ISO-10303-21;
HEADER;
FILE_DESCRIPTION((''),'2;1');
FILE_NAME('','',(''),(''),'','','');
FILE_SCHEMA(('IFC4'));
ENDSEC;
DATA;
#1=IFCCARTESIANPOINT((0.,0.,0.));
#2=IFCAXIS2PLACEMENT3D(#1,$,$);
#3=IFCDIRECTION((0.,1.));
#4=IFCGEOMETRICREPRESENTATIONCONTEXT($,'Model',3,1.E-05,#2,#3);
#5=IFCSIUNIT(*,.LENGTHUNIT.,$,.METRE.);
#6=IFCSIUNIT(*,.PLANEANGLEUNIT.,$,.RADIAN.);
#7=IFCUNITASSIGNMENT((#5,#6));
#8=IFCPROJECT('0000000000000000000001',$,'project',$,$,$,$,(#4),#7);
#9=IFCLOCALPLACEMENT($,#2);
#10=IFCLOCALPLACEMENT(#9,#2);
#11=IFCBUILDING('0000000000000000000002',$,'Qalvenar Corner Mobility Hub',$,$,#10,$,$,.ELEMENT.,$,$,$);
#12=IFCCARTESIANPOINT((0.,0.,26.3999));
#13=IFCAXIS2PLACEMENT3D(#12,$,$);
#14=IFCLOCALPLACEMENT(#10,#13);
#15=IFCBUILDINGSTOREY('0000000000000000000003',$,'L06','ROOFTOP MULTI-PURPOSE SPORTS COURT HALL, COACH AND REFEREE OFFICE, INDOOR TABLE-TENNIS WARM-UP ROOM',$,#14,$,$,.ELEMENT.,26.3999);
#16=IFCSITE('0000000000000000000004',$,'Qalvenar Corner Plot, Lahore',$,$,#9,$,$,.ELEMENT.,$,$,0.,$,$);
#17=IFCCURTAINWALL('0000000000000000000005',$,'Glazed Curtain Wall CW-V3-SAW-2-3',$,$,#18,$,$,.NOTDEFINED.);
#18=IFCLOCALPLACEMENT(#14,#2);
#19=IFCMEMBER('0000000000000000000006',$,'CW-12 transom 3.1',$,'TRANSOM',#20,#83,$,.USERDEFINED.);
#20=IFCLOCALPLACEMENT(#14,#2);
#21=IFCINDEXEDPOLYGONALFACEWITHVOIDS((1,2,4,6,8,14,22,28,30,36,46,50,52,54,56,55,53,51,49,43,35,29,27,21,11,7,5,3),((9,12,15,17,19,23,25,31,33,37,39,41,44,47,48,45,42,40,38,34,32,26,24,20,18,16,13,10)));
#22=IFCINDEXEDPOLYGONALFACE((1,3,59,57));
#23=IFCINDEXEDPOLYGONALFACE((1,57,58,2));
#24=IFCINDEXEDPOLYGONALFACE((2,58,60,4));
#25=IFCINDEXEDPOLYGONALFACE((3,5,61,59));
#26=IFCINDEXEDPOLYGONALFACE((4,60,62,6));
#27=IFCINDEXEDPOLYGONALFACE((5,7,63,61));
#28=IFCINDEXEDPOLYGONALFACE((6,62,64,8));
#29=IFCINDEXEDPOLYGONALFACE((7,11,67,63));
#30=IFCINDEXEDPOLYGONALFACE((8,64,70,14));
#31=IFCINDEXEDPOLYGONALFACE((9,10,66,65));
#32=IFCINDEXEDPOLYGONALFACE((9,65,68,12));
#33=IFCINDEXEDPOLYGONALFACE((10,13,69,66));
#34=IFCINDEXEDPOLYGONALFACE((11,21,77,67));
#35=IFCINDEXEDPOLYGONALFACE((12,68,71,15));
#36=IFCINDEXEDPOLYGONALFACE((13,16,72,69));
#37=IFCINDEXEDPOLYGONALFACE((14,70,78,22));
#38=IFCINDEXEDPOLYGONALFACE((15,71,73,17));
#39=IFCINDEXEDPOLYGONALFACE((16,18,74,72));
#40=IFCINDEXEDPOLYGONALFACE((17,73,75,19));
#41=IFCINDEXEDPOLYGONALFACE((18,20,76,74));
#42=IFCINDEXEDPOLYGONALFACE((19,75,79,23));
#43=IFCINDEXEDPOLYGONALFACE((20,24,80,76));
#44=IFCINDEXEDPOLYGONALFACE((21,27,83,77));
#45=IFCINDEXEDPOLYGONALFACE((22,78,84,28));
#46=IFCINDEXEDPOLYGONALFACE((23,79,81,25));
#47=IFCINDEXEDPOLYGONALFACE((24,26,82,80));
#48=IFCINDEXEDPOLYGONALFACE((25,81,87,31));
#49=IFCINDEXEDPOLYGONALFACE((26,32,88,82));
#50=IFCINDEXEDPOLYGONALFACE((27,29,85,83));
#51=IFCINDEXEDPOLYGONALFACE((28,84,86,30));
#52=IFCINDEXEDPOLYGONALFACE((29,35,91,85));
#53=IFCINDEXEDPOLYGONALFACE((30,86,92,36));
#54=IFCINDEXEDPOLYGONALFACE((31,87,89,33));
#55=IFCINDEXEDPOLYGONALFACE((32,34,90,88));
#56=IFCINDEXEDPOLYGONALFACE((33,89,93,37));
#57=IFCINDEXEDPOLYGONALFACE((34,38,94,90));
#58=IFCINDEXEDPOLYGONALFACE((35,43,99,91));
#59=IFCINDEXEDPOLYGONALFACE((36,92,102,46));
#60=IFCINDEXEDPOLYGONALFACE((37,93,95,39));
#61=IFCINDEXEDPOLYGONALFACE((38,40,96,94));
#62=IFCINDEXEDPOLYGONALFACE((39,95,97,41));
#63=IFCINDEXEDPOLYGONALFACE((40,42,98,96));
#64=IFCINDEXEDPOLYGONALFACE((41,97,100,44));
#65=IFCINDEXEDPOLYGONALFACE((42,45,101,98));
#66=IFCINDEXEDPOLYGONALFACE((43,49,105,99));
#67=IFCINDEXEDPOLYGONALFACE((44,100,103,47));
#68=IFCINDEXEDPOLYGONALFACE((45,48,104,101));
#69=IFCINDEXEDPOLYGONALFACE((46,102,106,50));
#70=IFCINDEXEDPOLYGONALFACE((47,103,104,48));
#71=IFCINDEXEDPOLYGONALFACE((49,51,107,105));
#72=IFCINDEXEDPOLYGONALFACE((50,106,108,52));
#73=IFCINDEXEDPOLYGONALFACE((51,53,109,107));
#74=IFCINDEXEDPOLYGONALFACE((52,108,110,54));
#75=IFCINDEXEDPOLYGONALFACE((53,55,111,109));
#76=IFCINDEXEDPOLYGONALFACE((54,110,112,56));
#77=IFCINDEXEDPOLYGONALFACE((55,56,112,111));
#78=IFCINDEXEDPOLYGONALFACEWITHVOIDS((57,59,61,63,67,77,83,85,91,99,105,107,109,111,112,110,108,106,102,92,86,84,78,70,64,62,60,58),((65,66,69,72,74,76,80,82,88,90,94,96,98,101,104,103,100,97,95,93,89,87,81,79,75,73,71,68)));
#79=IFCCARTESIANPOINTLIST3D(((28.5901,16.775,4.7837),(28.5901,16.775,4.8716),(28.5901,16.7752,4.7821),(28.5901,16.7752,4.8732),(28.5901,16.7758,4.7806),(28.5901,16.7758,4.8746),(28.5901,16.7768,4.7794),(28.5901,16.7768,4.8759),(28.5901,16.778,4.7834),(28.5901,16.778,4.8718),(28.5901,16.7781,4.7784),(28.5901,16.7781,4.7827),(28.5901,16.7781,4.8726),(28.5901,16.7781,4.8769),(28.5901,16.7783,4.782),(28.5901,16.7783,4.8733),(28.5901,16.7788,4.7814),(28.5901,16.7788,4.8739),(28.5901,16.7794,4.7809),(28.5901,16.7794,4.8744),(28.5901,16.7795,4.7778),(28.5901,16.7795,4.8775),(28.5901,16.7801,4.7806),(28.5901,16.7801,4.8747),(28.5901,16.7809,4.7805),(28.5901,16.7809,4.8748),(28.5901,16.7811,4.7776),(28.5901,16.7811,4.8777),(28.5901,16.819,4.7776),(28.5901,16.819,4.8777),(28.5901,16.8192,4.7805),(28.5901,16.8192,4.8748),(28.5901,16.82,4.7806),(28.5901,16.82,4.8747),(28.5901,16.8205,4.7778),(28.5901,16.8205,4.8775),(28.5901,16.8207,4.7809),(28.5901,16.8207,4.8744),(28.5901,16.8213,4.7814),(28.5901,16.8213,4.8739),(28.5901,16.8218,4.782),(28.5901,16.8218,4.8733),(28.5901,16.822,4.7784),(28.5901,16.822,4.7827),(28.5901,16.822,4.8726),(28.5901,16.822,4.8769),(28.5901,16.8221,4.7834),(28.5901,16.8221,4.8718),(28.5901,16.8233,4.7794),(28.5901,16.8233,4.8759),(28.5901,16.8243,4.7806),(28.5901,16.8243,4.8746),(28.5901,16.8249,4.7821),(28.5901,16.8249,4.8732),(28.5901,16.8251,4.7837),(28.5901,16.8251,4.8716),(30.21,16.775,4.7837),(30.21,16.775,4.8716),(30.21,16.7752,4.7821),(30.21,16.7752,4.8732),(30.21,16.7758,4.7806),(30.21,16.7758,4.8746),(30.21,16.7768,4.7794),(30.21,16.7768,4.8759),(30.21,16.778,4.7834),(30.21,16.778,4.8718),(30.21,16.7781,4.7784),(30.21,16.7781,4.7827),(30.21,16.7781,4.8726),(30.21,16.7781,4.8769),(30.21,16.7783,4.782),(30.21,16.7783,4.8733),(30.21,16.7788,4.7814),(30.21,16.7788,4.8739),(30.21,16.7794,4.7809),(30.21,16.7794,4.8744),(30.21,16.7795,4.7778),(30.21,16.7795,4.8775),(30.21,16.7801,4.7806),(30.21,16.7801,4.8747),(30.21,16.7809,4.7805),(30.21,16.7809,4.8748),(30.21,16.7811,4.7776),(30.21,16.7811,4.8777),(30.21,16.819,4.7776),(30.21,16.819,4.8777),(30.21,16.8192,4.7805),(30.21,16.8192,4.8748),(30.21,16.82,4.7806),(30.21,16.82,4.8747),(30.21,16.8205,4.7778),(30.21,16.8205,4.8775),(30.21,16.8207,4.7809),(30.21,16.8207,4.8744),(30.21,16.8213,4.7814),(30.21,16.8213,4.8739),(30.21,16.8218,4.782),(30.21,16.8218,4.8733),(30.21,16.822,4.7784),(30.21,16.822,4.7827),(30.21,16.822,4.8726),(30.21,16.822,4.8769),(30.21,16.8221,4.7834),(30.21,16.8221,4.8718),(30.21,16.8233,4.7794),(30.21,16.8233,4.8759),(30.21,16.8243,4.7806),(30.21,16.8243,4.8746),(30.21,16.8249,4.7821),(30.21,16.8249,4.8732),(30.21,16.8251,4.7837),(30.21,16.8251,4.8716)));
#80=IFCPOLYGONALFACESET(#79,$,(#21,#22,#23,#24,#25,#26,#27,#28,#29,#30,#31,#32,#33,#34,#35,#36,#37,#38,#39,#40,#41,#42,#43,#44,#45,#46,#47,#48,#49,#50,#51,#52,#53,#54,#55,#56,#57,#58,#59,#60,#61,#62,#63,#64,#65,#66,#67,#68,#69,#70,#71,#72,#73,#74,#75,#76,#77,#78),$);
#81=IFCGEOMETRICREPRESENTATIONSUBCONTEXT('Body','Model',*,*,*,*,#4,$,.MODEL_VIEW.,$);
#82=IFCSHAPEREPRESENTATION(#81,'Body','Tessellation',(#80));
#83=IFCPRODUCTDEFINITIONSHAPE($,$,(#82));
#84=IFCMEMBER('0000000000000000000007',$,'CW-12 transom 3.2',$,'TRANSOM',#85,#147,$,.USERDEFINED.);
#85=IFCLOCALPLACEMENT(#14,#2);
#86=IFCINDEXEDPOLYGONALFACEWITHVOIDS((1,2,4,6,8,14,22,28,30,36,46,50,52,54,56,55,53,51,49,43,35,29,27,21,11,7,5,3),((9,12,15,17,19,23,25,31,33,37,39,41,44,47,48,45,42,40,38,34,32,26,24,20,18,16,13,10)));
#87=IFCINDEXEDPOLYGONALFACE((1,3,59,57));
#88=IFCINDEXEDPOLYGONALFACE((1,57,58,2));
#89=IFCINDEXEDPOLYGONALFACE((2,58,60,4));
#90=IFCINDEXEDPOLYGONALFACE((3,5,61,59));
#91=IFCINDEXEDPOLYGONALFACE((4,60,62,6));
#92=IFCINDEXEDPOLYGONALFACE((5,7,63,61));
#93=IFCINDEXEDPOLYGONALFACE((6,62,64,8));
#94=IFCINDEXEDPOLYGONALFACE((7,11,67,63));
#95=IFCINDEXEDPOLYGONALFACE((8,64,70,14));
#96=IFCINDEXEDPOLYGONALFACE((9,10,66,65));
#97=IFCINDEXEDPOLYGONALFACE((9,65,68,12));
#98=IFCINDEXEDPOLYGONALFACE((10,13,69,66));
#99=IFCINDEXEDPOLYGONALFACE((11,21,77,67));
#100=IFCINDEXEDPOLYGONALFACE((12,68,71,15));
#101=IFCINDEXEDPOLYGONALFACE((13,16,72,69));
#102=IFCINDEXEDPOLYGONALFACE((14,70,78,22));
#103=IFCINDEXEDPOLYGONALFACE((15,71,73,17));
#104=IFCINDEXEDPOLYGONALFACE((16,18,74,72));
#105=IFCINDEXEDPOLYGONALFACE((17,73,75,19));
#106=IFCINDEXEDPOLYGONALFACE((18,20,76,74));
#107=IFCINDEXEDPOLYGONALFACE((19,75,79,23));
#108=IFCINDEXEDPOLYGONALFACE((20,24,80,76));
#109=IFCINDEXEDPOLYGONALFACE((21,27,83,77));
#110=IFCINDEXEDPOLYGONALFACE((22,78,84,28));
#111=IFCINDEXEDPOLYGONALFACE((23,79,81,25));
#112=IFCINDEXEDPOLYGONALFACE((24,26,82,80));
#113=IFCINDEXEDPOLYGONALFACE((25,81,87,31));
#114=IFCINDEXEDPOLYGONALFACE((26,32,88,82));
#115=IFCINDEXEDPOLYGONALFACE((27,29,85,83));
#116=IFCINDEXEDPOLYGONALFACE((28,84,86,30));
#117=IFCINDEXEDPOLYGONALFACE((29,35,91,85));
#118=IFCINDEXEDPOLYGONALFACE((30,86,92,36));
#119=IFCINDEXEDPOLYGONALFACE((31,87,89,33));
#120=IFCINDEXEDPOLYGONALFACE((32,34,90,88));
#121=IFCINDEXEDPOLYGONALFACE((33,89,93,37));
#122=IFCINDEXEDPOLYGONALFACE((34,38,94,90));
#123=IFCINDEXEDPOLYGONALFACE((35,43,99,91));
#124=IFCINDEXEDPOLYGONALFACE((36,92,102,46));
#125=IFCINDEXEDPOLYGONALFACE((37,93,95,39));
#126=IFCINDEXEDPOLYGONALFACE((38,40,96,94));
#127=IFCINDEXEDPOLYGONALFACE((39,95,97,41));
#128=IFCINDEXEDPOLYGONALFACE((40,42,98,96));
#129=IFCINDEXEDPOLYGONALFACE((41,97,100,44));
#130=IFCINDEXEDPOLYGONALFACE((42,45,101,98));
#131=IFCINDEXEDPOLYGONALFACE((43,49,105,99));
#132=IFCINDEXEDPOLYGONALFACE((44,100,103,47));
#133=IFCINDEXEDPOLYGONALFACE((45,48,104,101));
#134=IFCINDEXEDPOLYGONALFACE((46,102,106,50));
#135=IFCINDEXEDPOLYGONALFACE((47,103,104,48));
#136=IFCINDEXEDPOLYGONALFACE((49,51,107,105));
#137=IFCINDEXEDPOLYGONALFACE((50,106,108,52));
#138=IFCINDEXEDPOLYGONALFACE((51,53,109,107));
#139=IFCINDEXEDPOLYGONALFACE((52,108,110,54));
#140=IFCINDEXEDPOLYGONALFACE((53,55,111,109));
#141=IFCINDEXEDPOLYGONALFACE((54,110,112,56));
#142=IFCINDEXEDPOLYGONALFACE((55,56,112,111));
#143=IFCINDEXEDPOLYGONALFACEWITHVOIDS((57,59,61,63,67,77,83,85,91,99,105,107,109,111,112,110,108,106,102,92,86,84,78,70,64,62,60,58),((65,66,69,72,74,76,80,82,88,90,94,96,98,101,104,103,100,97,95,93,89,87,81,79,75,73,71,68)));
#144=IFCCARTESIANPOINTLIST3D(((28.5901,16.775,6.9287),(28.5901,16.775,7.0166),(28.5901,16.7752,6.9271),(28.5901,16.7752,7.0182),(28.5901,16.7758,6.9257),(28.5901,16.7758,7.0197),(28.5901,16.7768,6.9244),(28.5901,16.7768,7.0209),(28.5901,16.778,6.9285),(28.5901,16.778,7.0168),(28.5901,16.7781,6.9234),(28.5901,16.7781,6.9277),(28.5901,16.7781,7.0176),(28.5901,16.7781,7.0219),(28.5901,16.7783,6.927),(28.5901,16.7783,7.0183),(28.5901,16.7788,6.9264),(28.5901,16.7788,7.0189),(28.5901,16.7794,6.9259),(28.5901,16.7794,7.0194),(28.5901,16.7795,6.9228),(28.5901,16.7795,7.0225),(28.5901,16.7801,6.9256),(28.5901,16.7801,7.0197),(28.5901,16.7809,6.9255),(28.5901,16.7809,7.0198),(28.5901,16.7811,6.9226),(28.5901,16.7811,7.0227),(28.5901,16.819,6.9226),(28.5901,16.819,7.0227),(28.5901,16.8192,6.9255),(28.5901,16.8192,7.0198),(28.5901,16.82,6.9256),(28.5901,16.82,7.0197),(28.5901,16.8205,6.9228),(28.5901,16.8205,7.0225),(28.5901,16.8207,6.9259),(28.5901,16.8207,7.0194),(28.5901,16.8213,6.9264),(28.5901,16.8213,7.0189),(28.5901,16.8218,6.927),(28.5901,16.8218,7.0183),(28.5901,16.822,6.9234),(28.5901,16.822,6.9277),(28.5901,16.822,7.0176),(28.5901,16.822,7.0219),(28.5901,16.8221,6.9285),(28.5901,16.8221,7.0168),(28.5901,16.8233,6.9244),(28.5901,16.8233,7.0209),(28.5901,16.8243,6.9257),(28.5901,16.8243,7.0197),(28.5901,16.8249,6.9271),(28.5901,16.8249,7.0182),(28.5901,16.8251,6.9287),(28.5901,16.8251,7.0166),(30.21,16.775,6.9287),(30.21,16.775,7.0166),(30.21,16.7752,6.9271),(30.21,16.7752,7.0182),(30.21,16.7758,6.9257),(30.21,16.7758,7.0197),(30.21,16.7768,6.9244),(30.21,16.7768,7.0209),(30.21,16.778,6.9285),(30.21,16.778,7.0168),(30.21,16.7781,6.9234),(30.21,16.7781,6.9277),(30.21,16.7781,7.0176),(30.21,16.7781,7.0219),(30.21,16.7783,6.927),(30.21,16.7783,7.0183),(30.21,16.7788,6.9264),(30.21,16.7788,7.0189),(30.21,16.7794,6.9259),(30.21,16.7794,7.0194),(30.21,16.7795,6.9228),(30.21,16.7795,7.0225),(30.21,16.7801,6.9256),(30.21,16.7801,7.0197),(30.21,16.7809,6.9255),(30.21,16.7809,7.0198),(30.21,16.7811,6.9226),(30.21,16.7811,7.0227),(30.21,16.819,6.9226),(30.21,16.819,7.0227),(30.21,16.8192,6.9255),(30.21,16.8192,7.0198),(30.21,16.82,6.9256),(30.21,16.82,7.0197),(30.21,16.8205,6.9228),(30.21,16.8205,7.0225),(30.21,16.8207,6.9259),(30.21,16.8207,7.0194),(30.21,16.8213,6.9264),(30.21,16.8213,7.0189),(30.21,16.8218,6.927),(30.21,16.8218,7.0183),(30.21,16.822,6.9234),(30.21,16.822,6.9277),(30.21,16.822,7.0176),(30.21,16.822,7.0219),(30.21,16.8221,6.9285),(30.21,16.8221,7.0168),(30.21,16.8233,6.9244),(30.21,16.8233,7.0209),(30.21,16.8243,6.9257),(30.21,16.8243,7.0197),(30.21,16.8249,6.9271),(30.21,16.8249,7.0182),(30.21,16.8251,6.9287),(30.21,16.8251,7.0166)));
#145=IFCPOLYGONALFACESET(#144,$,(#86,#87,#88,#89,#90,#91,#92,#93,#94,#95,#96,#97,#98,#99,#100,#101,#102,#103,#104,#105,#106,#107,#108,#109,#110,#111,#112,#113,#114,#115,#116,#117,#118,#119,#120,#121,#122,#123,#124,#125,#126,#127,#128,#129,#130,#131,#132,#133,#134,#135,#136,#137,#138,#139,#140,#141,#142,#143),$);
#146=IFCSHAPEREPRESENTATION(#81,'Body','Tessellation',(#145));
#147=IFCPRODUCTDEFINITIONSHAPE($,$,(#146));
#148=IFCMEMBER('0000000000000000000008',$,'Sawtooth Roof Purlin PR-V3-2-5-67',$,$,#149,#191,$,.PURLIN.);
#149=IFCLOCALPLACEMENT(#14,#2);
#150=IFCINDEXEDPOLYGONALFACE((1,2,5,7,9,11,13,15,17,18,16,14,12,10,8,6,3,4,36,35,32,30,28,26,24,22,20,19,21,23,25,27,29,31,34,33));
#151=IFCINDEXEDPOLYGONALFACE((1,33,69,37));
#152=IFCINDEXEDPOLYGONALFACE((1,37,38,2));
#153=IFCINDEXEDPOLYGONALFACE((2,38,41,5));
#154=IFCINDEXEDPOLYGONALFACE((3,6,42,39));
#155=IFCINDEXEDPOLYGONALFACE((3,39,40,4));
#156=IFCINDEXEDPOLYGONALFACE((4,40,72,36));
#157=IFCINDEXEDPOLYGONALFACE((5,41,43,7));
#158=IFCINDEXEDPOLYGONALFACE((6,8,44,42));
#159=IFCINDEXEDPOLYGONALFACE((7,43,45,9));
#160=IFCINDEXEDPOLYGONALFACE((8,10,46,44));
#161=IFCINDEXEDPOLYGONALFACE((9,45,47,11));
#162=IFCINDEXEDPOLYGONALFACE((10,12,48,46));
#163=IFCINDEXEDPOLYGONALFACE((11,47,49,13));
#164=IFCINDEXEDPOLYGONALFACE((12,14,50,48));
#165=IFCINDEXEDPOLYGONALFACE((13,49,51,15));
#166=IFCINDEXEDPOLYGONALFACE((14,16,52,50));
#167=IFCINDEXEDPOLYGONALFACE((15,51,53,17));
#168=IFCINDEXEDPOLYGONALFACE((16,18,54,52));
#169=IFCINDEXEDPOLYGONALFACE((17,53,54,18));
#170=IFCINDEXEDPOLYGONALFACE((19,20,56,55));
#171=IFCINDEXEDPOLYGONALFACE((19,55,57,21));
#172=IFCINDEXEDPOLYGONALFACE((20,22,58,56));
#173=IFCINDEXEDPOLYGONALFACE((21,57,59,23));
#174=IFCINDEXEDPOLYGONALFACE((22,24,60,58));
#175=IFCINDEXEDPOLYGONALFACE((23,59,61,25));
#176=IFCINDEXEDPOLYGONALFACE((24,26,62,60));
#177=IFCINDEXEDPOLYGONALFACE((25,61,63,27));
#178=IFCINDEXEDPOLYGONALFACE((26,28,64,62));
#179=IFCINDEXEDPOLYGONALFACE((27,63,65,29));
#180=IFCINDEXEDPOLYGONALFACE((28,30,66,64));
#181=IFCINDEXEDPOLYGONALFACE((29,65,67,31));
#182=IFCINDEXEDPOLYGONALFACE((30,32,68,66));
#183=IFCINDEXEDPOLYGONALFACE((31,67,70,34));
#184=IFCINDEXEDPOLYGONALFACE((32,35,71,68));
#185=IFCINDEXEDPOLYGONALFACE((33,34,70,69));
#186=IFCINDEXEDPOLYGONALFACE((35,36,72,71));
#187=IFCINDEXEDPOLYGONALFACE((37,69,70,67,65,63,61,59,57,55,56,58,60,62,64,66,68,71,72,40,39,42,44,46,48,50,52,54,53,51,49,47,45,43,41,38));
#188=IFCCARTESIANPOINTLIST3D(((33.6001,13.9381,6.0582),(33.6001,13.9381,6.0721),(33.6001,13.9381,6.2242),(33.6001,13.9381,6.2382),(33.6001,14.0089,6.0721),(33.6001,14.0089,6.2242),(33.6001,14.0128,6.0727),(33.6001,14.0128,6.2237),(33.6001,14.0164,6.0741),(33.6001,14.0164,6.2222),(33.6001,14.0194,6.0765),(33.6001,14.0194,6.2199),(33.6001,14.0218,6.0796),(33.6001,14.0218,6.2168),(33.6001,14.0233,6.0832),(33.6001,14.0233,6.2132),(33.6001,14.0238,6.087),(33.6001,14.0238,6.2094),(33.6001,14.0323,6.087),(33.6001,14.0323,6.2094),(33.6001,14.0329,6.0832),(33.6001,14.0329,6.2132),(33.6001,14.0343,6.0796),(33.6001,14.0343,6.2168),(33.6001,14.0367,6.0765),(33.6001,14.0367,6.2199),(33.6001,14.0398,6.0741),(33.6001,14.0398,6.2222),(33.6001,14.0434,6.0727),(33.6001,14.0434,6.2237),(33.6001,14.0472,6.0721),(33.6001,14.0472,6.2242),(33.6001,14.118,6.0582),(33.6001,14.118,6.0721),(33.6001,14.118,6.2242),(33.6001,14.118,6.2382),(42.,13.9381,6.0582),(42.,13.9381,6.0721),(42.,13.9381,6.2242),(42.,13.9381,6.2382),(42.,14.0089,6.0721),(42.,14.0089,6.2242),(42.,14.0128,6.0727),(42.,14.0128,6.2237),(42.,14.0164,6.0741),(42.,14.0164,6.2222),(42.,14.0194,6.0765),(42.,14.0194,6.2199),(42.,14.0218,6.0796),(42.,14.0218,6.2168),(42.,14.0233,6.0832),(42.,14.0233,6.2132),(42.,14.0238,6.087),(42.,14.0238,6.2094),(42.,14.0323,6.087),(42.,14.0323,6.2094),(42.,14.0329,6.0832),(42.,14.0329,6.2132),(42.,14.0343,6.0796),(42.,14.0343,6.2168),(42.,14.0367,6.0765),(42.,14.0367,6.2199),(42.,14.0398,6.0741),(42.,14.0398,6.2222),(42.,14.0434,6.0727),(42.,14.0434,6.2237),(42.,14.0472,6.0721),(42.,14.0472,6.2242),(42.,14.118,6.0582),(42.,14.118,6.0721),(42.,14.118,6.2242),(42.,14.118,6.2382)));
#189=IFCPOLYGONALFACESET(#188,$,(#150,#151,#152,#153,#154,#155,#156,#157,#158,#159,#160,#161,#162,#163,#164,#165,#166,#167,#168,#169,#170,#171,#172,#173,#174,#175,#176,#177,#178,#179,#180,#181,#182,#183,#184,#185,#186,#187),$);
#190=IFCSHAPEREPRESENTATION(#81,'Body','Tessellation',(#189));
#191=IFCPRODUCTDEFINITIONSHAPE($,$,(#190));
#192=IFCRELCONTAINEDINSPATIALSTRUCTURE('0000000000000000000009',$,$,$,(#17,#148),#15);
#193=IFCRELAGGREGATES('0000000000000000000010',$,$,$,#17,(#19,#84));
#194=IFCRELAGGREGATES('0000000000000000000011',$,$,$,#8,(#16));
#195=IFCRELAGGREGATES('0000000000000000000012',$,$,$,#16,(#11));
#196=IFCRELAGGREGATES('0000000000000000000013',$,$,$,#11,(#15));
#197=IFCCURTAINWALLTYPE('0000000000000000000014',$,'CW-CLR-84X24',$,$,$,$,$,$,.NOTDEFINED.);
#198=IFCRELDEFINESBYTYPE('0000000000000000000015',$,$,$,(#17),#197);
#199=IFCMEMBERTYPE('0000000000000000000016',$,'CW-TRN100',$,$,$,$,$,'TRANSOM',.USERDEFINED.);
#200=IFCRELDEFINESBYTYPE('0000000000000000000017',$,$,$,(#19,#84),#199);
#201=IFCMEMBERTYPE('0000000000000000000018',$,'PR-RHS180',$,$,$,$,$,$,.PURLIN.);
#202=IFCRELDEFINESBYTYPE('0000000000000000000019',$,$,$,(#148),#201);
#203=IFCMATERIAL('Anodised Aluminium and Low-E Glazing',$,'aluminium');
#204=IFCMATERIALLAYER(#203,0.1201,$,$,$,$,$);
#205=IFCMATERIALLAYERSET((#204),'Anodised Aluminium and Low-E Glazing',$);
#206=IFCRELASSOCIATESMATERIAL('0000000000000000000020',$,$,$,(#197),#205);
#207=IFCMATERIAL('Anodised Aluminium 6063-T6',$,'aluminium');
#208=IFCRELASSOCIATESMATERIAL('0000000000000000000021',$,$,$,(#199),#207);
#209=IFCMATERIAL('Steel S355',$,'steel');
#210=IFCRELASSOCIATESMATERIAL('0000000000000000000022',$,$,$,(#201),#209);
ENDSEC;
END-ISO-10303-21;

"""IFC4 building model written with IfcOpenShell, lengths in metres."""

from ifc_helpers import new_model, si_unit, direction, frame, origin, origin_2d, place, context, subcontext, project, spatial, hollow_rectangle, i_section, extrude, material, layer, layer_set, material_profile, profile_set, type_object, element, aggregate, save


model = new_model("IFC4")

# Units and contexts
model_context = context("Model", 3, precision=1e-05, world=origin(), true_north=direction((0.0, 1.0)))
body_context = subcontext(model_context, "Body", "Model", "MODEL_VIEW")
ifc_project = project(units=[si_unit("LENGTHUNIT", "METRE"), si_unit("PLANEANGLEUNIT", "RADIAN")], contexts=[model_context])

# Site, building, storey
site_placement = place(None, origin())
site = spatial("IfcSite", under=ifc_project, at=site_placement, Name="Qalvenar Corner Plot, Lahore", CompositionType="ELEMENT", RefElevation=0.0)
building_placement = place(site_placement, origin())
building = spatial("IfcBuilding", under=site, at=building_placement, Name="Qalvenar Corner Mobility Hub", CompositionType="ELEMENT")
storey_placement = place(building_placement, frame((0.0, 0.0, 26.3999)))
storey = spatial("IfcBuildingStorey", under=building, at=storey_placement, Name="L06", Description="ROOFTOP MULTI-PURPOSE SPORTS COURT HALL, COACH AND REFEREE OFFICE, INDOOR TABLE-TENNIS WARM-UP ROOM", CompositionType="ELEMENT", Elevation=26.3999)

# Shared definitions
ifc_material_1 = material(Name="Steel S355", Category="steel")

# Shared definitions
ifc_material_2 = material(Name="Anodised Aluminium and Low-E Glazing", Category="aluminium")
ifc_layer_1 = layer(ifc_material_2, 0.1201)
ifc_layer_set_1 = layer_set([ifc_layer_1], Name="Anodised Aluminium and Low-E Glazing")
curtain_wall_type = type_object("IfcCurtainWallType", Name="CW-CLR-84X24", PredefinedType="NOTDEFINED", material=ifc_layer_set_1)
ifc_material_3 = material(Name="Anodised Aluminium 6063-T6", Category="aluminium")

# Curtain wall
curtain_wall_1_placement = place(storey_placement, origin())
curtain_wall_1 = element("IfcCurtainWall", 1, at=curtain_wall_1_placement, inside=storey, type_object=curtain_wall_type, Name="Glazed Curtain Wall CW-V3-SAW-2-3", PredefinedType="NOTDEFINED")

# Members
ifc_material_profile_1 = material_profile(ifc_material_3, hollow_rectangle(XDim=0.05, YDim=0.1001, WallThickness=0.0029, InnerFilletRadius=0.0029, OuterFilletRadius=0.0061, at=origin_2d()), Name="RHS100x50x3")
ifc_profile_set_1 = profile_set([ifc_material_profile_1], Name="Anodised Aluminium 6063-T6")
member_type_1 = type_object("IfcMemberType", Name="CW-TRN100", ElementType="TRANSOM", PredefinedType="USERDEFINED", material=ifc_profile_set_1)
member_1_placement = place(storey_placement, frame((30.21, 16.8, 4.8276), z_axis=(-1.0, 0.0, 0.0), x_axis=(0.0, -1.0, 0.0)))
member_1 = element("IfcMember", 2, at=member_1_placement, type_object=member_type_1, Name="CW-12 transom 3.1", ObjectType="TRANSOM", PredefinedType="USERDEFINED", context=body_context, shape_type="SweptSolid", body=[
    extrude(hollow_rectangle(XDim=0.05, YDim=0.1001, WallThickness=0.0029, InnerFilletRadius=0.0029, OuterFilletRadius=0.0061, at=origin_2d()), origin(), (0.0, 0.0, 1.0), 1.6199),
])
member_2_placement = place(storey_placement, frame((30.21, 16.8, 6.9727), z_axis=(-1.0, 0.0, 0.0), x_axis=(0.0, -1.0, 0.0)))
member_2 = element("IfcMember", 3, at=member_2_placement, type_object=member_type_1, Name="CW-12 transom 3.2", ObjectType="TRANSOM", PredefinedType="USERDEFINED", context=body_context, shape_type="SweptSolid", body=[
    extrude(hollow_rectangle(XDim=0.05, YDim=0.1001, WallThickness=0.0029, InnerFilletRadius=0.0029, OuterFilletRadius=0.0061, at=origin_2d()), origin(), (0.0, 0.0, 1.0), 1.6199),
])

# Member
ifc_material_profile_2 = material_profile(ifc_material_1, i_section(OverallWidth=0.1799, OverallDepth=0.1799, WebThickness=0.0085, FlangeThickness=0.0139, FilletRadius=0.0149, at=origin_2d()), Name="HEB180")
ifc_profile_set_2 = profile_set([ifc_material_profile_2], Name="Steel S355")
member_type_2 = type_object("IfcMemberType", Name="PR-RHS180", PredefinedType="PURLIN", material=ifc_profile_set_2)
member_3_placement = place(storey_placement, frame((33.6001, 14.0281, 6.1482), z_axis=(1.0, 0.0, 0.0), x_axis=(0.0, 1.0, 0.0)))
element("IfcMember", 4, at=member_3_placement, inside=storey, type_object=member_type_2, Name="Sawtooth Roof Purlin PR-V3-2-5-67", PredefinedType="PURLIN", context=body_context, shape_type="SweptSolid", body=[
    extrude(i_section(OverallWidth=0.1799, OverallDepth=0.1799, WebThickness=0.0085, FlangeThickness=0.0139, FilletRadius=0.0149, at=origin_2d()), origin(), (0.0, 0.0, 1.0), 8.3999),
])

aggregate(curtain_wall_1, [member_1, member_2])

save(model, "model.ifc")
